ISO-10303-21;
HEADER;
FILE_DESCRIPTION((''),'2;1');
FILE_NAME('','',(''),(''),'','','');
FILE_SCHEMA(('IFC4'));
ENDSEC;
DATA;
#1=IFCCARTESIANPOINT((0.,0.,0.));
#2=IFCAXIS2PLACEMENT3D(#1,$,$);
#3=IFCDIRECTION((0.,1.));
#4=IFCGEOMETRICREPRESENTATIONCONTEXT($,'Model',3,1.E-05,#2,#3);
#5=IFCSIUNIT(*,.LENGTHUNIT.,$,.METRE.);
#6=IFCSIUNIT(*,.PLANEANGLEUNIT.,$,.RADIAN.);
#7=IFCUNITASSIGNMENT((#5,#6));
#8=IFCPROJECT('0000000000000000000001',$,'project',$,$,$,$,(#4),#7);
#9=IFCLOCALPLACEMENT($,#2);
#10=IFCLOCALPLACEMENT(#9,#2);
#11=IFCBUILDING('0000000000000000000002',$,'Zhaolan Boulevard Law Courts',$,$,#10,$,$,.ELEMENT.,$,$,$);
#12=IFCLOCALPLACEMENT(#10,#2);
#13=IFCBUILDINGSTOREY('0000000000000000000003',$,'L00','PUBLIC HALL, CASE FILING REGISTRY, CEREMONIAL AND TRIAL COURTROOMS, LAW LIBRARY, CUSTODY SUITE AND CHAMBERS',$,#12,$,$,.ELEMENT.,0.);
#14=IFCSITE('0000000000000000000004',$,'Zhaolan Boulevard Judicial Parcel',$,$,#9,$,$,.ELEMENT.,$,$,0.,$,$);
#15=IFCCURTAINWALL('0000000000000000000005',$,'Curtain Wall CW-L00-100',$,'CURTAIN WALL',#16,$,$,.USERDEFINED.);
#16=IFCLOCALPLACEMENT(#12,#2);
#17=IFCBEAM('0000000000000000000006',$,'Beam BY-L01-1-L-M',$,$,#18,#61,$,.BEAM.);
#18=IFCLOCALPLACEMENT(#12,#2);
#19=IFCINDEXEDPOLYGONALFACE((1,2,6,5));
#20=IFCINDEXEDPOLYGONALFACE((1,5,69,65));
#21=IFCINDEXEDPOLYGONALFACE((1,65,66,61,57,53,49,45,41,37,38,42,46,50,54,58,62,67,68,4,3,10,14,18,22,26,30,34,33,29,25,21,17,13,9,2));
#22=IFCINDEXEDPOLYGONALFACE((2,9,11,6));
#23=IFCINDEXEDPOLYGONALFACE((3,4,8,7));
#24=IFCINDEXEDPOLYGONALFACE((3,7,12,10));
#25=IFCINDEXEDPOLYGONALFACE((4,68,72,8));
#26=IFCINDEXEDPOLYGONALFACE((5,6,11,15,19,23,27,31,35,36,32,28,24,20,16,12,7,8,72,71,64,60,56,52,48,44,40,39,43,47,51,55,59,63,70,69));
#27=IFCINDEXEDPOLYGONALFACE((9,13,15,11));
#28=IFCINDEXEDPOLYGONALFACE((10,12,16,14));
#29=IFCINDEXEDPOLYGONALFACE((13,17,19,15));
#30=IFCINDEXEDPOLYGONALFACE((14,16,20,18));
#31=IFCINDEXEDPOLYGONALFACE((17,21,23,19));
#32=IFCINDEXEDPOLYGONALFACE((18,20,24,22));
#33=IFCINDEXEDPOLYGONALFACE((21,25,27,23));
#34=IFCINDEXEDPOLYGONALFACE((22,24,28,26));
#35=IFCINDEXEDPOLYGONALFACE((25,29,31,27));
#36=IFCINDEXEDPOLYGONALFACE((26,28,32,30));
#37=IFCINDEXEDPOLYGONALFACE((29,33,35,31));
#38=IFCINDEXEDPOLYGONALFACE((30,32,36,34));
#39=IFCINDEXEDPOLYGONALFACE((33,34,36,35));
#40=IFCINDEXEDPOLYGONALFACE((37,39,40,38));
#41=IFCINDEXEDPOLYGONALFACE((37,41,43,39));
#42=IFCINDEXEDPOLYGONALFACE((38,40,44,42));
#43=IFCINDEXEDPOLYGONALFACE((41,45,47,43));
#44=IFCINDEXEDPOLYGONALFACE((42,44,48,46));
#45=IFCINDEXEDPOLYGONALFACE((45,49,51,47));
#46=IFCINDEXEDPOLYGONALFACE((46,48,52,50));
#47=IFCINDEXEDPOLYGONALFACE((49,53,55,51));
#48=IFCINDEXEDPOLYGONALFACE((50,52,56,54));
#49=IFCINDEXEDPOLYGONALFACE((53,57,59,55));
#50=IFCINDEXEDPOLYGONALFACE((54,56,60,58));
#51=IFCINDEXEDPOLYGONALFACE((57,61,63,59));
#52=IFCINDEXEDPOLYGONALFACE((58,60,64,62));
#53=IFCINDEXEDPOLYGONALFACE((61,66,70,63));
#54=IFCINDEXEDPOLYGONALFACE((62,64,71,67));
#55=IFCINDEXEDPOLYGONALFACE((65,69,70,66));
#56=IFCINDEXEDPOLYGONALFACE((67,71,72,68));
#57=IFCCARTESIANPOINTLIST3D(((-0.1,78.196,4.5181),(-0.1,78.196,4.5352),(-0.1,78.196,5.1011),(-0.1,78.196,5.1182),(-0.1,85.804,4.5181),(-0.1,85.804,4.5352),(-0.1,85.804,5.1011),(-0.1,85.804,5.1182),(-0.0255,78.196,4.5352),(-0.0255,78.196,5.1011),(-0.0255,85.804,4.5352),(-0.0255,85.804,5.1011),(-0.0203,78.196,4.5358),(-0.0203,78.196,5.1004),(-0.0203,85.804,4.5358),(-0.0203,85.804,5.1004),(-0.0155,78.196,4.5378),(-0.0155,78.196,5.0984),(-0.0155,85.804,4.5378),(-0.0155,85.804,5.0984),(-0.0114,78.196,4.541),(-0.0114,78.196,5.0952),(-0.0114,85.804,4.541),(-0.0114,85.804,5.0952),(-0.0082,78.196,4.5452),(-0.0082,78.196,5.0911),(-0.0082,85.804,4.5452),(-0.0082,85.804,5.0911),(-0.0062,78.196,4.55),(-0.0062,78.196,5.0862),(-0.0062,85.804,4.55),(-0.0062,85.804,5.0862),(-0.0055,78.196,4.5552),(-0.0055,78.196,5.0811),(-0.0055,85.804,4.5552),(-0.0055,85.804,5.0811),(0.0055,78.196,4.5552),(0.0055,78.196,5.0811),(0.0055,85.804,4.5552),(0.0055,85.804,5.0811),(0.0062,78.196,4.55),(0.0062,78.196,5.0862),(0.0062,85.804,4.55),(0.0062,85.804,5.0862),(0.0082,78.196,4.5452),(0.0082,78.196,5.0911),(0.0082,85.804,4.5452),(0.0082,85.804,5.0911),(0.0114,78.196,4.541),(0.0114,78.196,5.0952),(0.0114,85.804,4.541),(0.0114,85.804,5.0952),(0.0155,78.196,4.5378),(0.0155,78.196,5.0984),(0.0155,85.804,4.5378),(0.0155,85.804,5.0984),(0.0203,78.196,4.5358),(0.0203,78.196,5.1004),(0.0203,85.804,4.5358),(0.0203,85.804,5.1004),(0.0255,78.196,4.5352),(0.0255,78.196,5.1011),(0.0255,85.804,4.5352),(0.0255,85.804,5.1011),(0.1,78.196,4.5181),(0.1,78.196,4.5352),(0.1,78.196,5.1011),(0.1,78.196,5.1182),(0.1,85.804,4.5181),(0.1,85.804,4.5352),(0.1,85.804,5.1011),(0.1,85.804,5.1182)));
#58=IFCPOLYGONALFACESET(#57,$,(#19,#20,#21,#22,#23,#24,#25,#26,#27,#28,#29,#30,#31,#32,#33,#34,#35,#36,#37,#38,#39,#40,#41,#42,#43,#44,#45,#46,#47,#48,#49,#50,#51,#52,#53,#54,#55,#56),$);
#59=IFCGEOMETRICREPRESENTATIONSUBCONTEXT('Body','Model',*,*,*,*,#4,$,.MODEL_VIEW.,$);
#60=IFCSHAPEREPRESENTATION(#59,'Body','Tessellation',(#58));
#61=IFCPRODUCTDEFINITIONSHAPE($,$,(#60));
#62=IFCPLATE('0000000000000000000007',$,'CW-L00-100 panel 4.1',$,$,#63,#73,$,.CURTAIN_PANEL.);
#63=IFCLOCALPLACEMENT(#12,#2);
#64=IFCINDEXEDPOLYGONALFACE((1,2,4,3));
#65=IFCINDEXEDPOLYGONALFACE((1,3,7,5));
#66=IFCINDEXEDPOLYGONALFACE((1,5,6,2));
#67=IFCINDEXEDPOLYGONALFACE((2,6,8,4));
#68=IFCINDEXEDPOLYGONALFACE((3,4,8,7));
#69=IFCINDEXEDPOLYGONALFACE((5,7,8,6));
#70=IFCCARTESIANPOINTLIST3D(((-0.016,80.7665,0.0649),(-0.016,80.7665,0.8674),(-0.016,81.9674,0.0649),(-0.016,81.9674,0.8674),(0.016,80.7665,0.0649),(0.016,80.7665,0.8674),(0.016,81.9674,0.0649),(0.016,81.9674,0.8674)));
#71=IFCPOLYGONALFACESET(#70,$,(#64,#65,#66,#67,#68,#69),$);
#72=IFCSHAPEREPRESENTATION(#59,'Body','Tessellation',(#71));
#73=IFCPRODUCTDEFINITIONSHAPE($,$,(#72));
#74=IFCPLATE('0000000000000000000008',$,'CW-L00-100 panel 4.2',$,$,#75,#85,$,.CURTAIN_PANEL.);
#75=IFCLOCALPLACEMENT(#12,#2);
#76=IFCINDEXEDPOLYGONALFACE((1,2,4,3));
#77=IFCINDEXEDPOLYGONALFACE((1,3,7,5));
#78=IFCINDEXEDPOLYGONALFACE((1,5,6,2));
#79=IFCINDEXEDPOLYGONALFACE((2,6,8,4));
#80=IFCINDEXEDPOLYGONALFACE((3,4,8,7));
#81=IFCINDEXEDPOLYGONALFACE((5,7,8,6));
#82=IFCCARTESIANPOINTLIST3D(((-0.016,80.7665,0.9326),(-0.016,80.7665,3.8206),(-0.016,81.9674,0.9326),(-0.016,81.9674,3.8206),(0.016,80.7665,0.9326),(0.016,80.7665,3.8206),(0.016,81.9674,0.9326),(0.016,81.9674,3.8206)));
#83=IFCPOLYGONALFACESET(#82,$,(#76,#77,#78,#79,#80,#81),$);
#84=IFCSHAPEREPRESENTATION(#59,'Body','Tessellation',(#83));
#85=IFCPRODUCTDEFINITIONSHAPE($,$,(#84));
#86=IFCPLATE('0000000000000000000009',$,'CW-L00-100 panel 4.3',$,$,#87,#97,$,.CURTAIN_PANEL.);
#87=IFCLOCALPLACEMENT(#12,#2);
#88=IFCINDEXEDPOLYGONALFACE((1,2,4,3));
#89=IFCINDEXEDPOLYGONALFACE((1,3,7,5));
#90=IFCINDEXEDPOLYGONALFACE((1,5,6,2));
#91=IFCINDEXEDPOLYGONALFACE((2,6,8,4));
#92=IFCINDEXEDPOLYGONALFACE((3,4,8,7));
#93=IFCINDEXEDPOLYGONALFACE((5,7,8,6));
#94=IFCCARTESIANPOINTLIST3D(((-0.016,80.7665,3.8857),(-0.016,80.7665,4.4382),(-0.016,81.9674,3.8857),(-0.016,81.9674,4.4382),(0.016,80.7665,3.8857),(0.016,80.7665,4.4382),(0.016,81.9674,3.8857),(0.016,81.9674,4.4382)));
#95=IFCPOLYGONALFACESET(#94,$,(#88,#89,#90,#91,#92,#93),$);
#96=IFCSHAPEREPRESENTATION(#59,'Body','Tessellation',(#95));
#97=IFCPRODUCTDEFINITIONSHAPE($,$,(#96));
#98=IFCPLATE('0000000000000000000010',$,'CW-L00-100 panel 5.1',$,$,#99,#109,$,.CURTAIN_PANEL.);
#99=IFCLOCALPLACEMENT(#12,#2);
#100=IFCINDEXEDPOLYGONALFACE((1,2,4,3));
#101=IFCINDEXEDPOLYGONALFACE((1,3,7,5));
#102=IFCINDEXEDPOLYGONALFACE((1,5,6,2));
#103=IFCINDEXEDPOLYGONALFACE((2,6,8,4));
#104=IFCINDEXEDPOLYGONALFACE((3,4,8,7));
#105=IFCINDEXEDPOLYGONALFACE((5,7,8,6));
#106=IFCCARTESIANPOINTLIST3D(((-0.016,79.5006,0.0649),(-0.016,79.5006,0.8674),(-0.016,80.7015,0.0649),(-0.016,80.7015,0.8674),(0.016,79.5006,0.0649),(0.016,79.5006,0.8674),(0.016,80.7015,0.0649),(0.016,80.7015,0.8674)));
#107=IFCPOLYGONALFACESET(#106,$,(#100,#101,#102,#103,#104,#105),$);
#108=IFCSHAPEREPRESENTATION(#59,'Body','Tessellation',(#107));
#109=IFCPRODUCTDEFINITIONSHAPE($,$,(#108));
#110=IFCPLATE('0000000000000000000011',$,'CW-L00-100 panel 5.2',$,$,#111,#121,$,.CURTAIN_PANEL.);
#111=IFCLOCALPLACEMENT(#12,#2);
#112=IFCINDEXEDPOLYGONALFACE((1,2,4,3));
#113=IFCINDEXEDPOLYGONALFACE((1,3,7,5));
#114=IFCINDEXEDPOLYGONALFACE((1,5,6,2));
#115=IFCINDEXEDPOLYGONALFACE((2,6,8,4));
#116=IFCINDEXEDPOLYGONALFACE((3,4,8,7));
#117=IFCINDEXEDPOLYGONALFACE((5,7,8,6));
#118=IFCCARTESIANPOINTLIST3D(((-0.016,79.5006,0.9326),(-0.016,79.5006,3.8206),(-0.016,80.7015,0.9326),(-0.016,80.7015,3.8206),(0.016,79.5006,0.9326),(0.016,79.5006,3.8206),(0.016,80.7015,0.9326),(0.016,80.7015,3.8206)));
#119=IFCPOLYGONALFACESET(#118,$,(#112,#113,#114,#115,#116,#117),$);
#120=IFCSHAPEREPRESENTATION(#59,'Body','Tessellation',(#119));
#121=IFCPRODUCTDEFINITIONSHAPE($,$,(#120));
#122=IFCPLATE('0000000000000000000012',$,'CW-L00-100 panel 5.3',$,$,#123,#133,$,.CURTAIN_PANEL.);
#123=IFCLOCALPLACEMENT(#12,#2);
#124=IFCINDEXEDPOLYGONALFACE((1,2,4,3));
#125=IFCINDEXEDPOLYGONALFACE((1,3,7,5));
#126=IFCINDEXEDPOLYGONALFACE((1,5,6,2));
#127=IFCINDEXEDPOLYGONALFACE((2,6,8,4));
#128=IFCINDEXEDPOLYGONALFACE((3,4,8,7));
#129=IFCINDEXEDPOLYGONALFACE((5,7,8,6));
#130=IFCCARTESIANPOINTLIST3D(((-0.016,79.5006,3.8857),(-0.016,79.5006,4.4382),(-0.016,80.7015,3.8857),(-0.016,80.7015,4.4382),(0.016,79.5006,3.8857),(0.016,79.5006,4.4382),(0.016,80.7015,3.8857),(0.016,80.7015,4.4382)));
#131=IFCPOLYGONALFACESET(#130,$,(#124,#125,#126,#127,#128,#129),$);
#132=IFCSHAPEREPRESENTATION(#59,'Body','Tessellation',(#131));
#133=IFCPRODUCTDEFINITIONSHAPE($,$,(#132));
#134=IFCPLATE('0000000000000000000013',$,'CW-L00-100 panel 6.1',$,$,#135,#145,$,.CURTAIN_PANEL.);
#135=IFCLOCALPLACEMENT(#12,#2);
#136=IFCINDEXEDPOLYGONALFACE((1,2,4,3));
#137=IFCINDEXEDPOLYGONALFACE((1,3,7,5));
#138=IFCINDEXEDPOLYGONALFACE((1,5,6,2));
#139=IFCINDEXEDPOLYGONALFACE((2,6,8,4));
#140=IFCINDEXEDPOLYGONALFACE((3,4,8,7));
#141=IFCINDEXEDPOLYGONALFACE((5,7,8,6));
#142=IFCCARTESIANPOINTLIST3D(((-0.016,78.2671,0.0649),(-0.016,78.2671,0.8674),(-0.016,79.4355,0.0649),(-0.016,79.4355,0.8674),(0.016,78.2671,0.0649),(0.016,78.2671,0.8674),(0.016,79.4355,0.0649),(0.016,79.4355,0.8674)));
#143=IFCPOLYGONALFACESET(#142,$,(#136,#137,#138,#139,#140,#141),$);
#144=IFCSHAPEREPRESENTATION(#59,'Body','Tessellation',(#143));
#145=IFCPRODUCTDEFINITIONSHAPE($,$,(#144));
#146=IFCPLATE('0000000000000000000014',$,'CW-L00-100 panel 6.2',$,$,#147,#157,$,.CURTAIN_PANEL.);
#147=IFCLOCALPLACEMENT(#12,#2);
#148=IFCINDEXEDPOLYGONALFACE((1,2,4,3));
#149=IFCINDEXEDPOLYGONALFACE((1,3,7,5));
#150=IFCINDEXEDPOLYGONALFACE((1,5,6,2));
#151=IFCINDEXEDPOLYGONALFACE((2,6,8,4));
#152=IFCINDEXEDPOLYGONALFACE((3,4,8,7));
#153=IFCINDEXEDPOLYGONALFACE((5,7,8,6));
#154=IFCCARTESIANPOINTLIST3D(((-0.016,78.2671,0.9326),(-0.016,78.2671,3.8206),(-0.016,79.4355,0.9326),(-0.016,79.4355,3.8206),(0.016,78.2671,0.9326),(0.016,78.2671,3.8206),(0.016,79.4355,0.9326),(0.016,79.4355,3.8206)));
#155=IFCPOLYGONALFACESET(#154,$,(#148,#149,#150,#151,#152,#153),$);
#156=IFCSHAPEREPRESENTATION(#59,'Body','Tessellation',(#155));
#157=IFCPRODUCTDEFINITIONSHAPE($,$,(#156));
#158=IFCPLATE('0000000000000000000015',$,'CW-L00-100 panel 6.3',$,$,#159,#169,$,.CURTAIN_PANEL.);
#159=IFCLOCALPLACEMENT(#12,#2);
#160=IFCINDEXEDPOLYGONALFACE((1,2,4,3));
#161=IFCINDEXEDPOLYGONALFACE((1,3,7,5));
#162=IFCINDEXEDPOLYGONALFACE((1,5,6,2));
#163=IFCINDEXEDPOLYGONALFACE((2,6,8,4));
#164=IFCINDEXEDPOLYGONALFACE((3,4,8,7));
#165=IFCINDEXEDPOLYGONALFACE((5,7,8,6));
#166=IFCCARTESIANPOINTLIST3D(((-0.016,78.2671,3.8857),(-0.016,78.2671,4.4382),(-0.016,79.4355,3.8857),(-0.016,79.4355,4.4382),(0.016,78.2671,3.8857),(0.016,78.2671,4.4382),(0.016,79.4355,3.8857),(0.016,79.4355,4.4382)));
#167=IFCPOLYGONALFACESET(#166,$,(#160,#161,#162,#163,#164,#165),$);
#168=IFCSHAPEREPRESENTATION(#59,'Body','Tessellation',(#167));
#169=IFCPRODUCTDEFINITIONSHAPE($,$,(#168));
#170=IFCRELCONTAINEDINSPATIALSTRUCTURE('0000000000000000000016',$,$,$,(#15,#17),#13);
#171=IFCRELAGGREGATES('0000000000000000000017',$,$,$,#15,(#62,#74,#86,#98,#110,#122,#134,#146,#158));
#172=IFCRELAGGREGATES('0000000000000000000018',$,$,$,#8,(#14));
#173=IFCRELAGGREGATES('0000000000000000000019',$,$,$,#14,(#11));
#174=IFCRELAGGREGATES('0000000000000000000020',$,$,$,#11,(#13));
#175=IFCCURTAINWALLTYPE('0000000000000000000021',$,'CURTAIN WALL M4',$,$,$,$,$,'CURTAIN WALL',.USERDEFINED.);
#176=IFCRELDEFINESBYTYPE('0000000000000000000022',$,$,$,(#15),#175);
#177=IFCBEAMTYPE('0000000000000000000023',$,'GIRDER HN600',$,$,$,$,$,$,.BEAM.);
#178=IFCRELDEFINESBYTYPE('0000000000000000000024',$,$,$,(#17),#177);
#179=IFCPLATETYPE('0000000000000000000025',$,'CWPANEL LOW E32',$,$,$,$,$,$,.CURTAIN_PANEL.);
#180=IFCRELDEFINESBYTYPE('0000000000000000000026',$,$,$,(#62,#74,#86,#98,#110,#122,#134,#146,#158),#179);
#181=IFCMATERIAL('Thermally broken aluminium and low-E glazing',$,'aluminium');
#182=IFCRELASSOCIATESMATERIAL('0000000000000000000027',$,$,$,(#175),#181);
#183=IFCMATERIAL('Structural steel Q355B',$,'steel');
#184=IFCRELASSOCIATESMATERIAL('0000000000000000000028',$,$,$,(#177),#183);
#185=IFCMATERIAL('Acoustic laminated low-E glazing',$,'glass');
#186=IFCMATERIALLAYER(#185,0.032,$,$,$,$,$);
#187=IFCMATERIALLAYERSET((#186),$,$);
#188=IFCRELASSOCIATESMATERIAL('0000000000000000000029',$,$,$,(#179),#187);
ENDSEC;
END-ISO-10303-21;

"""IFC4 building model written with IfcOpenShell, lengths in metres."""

from ifc_helpers import new_model, si_unit, direction, frame, origin, origin_2d, place, context, subcontext, project, spatial, rectangle, i_section, extrude, material, layer, layer_set, material_profile, profile_set, type_object, element, aggregate, save


model = new_model("IFC4")

# Units and contexts
model_context = context("Model", 3, precision=1e-05, world=origin(), true_north=direction((0.0, 1.0)))
body_context = subcontext(model_context, "Body", "Model", "MODEL_VIEW")
ifc_project = project(units=[si_unit("LENGTHUNIT", "METRE"), si_unit("PLANEANGLEUNIT", "RADIAN")], contexts=[model_context])

# Site, building, storey
site_placement = place(None, origin())
site = spatial("IfcSite", under=ifc_project, at=site_placement, Name="Zhaolan Boulevard Judicial Parcel", CompositionType="ELEMENT", RefElevation=0.0)
building_placement = place(site_placement, origin())
building = spatial("IfcBuilding", under=site, at=building_placement, Name="Zhaolan Boulevard Law Courts", CompositionType="ELEMENT")
storey_placement = place(building_placement, origin())
storey = spatial("IfcBuildingStorey", under=building, at=storey_placement, Name="L00", Description="PUBLIC HALL, CASE FILING REGISTRY, CEREMONIAL AND TRIAL COURTROOMS, LAW LIBRARY, CUSTODY SUITE AND CHAMBERS", CompositionType="ELEMENT", Elevation=0.0)

# Curtain wall
ifc_material_1 = material(Name="Thermally broken aluminium and low-E glazing", Category="aluminium")
curtain_wall_type = type_object("IfcCurtainWallType", Name="CURTAIN WALL M4", ElementType="CURTAIN WALL", PredefinedType="USERDEFINED", material=ifc_material_1)
curtain_wall_placement = place(storey_placement, origin())
curtain_wall = element("IfcCurtainWall", 1, at=curtain_wall_placement, inside=storey, type_object=curtain_wall_type, Name="Curtain Wall CW-L00-100", ObjectType="CURTAIN WALL", PredefinedType="USERDEFINED")

# Beam
ifc_material_2 = material(Name="Structural steel Q355B", Category="steel")
ifc_material_profile_1 = material_profile(ifc_material_2, i_section(OverallWidth=0.2, OverallDepth=0.6001, WebThickness=0.011, FlangeThickness=0.0171, FilletRadius=0.02, at=origin_2d()), Name="HN600x200")
ifc_profile_set_1 = profile_set([ifc_material_profile_1], Name="Structural steel Q355B")
beam_type = type_object("IfcBeamType", Name="GIRDER HN600", PredefinedType="BEAM", material=ifc_profile_set_1)
beam_placement = place(storey_placement, frame((0.0, 78.196, 4.8181), z_axis=(0.0, 1.0, 0.0), x_axis=(-1.0, 0.0, 0.0)))
element("IfcBeam", 2, at=beam_placement, inside=storey, type_object=beam_type, Name="Beam BY-L01-1-L-M", PredefinedType="BEAM", context=body_context, shape_type="SweptSolid", body=[
    extrude(i_section(OverallWidth=0.2, OverallDepth=0.6001, WebThickness=0.011, FlangeThickness=0.0171, FilletRadius=0.02, at=origin_2d()), origin(), (0.0, 0.0, 1.0), 7.6079),
])

# Plates
ifc_material_3 = material(Name="Acoustic laminated low-E glazing", Category="glass")
ifc_layer = layer(ifc_material_3, 0.032)
ifc_layer_set = layer_set([ifc_layer])
plate_type = type_object("IfcPlateType", Name="CWPANEL LOW E32", PredefinedType="CURTAIN_PANEL", material=ifc_layer_set)
plate_1_placement = place(storey_placement, frame((0.0, 81.3669, 0.0649), z_axis=(0.0, 0.0, 1.0), x_axis=(0.0, -1.0, 0.0)))
plate_1 = element("IfcPlate", 3, at=plate_1_placement, type_object=plate_type, Name="CW-L00-100 panel 4.1", PredefinedType="CURTAIN_PANEL", context=body_context, shape_type="SweptSolid", body=[
    extrude(rectangle(XDim=1.2009, YDim=0.032, at=origin_2d()), origin(), (0.0, 0.0, 1.0), 0.8025),
])
plate_2_placement = place(storey_placement, frame((0.0, 81.3669, 0.9326), z_axis=(0.0, 0.0, 1.0), x_axis=(0.0, -1.0, 0.0)))
plate_2 = element("IfcPlate", 4, at=plate_2_placement, type_object=plate_type, Name="CW-L00-100 panel 4.2", PredefinedType="CURTAIN_PANEL", context=body_context, shape_type="SweptSolid", body=[
    extrude(rectangle(XDim=1.2009, YDim=0.032, at=origin_2d()), origin(), (0.0, 0.0, 1.0), 2.8879),
])
plate_3_placement = place(storey_placement, frame((0.0, 81.3669, 3.8857), z_axis=(0.0, 0.0, 1.0), x_axis=(0.0, -1.0, 0.0)))
plate_3 = element("IfcPlate", 5, at=plate_3_placement, type_object=plate_type, Name="CW-L00-100 panel 4.3", PredefinedType="CURTAIN_PANEL", context=body_context, shape_type="SweptSolid", body=[
    extrude(rectangle(XDim=1.2009, YDim=0.032, at=origin_2d()), origin(), (0.0, 0.0, 1.0), 0.5525),
])
plate_4_placement = place(storey_placement, frame((0.0, 80.1011, 0.0649), z_axis=(0.0, 0.0, 1.0), x_axis=(0.0, -1.0, 0.0)))
plate_4 = element("IfcPlate", 6, at=plate_4_placement, type_object=plate_type, Name="CW-L00-100 panel 5.1", PredefinedType="CURTAIN_PANEL", context=body_context, shape_type="SweptSolid", body=[
    extrude(rectangle(XDim=1.2009, YDim=0.032, at=origin_2d()), origin(), (0.0, 0.0, 1.0), 0.8025),
])
plate_5_placement = place(storey_placement, frame((0.0, 80.1011, 0.9326), z_axis=(0.0, 0.0, 1.0), x_axis=(0.0, -1.0, 0.0)))
plate_5 = element("IfcPlate", 7, at=plate_5_placement, type_object=plate_type, Name="CW-L00-100 panel 5.2", PredefinedType="CURTAIN_PANEL", context=body_context, shape_type="SweptSolid", body=[
    extrude(rectangle(XDim=1.2009, YDim=0.032, at=origin_2d()), origin(), (0.0, 0.0, 1.0), 2.8879),
])
plate_6_placement = place(storey_placement, frame((0.0, 80.1011, 3.8857), z_axis=(0.0, 0.0, 1.0), x_axis=(0.0, -1.0, 0.0)))
plate_6 = element("IfcPlate", 8, at=plate_6_placement, type_object=plate_type, Name="CW-L00-100 panel 5.3", PredefinedType="CURTAIN_PANEL", context=body_context, shape_type="SweptSolid", body=[
    extrude(rectangle(XDim=1.2009, YDim=0.032, at=origin_2d()), origin(), (0.0, 0.0, 1.0), 0.5525),
])
plate_7_placement = place(storey_placement, frame((0.0, 78.8513, 0.0649), z_axis=(0.0, 0.0, 1.0), x_axis=(0.0, -1.0, 0.0)))
plate_7 = element("IfcPlate", 9, at=plate_7_placement, type_object=plate_type, Name="CW-L00-100 panel 6.1", PredefinedType="CURTAIN_PANEL", context=body_context, shape_type="SweptSolid", body=[
    extrude(rectangle(XDim=1.1685, YDim=0.032, at=origin_2d()), origin(), (0.0, 0.0, 1.0), 0.8025),
])
plate_8_placement = place(storey_placement, frame((0.0, 78.8513, 0.9326), z_axis=(0.0, 0.0, 1.0), x_axis=(0.0, -1.0, 0.0)))
plate_8 = element("IfcPlate", 10, at=plate_8_placement, type_object=plate_type, Name="CW-L00-100 panel 6.2", PredefinedType="CURTAIN_PANEL", context=body_context, shape_type="SweptSolid", body=[
    extrude(rectangle(XDim=1.1685, YDim=0.032, at=origin_2d()), origin(), (0.0, 0.0, 1.0), 2.8879),
])
plate_9_placement = place(storey_placement, frame((0.0, 78.8513, 3.8857), z_axis=(0.0, 0.0, 1.0), x_axis=(0.0, -1.0, 0.0)))
plate_9 = element("IfcPlate", 11, at=plate_9_placement, type_object=plate_type, Name="CW-L00-100 panel 6.3", PredefinedType="CURTAIN_PANEL", context=body_context, shape_type="SweptSolid", body=[
    extrude(rectangle(XDim=1.1685, YDim=0.032, at=origin_2d()), origin(), (0.0, 0.0, 1.0), 0.5525),
])
aggregate(curtain_wall, [plate_1, plate_2, plate_3, plate_4, plate_5, plate_6, plate_7, plate_8, plate_9])

save(model, "model.ifc")
